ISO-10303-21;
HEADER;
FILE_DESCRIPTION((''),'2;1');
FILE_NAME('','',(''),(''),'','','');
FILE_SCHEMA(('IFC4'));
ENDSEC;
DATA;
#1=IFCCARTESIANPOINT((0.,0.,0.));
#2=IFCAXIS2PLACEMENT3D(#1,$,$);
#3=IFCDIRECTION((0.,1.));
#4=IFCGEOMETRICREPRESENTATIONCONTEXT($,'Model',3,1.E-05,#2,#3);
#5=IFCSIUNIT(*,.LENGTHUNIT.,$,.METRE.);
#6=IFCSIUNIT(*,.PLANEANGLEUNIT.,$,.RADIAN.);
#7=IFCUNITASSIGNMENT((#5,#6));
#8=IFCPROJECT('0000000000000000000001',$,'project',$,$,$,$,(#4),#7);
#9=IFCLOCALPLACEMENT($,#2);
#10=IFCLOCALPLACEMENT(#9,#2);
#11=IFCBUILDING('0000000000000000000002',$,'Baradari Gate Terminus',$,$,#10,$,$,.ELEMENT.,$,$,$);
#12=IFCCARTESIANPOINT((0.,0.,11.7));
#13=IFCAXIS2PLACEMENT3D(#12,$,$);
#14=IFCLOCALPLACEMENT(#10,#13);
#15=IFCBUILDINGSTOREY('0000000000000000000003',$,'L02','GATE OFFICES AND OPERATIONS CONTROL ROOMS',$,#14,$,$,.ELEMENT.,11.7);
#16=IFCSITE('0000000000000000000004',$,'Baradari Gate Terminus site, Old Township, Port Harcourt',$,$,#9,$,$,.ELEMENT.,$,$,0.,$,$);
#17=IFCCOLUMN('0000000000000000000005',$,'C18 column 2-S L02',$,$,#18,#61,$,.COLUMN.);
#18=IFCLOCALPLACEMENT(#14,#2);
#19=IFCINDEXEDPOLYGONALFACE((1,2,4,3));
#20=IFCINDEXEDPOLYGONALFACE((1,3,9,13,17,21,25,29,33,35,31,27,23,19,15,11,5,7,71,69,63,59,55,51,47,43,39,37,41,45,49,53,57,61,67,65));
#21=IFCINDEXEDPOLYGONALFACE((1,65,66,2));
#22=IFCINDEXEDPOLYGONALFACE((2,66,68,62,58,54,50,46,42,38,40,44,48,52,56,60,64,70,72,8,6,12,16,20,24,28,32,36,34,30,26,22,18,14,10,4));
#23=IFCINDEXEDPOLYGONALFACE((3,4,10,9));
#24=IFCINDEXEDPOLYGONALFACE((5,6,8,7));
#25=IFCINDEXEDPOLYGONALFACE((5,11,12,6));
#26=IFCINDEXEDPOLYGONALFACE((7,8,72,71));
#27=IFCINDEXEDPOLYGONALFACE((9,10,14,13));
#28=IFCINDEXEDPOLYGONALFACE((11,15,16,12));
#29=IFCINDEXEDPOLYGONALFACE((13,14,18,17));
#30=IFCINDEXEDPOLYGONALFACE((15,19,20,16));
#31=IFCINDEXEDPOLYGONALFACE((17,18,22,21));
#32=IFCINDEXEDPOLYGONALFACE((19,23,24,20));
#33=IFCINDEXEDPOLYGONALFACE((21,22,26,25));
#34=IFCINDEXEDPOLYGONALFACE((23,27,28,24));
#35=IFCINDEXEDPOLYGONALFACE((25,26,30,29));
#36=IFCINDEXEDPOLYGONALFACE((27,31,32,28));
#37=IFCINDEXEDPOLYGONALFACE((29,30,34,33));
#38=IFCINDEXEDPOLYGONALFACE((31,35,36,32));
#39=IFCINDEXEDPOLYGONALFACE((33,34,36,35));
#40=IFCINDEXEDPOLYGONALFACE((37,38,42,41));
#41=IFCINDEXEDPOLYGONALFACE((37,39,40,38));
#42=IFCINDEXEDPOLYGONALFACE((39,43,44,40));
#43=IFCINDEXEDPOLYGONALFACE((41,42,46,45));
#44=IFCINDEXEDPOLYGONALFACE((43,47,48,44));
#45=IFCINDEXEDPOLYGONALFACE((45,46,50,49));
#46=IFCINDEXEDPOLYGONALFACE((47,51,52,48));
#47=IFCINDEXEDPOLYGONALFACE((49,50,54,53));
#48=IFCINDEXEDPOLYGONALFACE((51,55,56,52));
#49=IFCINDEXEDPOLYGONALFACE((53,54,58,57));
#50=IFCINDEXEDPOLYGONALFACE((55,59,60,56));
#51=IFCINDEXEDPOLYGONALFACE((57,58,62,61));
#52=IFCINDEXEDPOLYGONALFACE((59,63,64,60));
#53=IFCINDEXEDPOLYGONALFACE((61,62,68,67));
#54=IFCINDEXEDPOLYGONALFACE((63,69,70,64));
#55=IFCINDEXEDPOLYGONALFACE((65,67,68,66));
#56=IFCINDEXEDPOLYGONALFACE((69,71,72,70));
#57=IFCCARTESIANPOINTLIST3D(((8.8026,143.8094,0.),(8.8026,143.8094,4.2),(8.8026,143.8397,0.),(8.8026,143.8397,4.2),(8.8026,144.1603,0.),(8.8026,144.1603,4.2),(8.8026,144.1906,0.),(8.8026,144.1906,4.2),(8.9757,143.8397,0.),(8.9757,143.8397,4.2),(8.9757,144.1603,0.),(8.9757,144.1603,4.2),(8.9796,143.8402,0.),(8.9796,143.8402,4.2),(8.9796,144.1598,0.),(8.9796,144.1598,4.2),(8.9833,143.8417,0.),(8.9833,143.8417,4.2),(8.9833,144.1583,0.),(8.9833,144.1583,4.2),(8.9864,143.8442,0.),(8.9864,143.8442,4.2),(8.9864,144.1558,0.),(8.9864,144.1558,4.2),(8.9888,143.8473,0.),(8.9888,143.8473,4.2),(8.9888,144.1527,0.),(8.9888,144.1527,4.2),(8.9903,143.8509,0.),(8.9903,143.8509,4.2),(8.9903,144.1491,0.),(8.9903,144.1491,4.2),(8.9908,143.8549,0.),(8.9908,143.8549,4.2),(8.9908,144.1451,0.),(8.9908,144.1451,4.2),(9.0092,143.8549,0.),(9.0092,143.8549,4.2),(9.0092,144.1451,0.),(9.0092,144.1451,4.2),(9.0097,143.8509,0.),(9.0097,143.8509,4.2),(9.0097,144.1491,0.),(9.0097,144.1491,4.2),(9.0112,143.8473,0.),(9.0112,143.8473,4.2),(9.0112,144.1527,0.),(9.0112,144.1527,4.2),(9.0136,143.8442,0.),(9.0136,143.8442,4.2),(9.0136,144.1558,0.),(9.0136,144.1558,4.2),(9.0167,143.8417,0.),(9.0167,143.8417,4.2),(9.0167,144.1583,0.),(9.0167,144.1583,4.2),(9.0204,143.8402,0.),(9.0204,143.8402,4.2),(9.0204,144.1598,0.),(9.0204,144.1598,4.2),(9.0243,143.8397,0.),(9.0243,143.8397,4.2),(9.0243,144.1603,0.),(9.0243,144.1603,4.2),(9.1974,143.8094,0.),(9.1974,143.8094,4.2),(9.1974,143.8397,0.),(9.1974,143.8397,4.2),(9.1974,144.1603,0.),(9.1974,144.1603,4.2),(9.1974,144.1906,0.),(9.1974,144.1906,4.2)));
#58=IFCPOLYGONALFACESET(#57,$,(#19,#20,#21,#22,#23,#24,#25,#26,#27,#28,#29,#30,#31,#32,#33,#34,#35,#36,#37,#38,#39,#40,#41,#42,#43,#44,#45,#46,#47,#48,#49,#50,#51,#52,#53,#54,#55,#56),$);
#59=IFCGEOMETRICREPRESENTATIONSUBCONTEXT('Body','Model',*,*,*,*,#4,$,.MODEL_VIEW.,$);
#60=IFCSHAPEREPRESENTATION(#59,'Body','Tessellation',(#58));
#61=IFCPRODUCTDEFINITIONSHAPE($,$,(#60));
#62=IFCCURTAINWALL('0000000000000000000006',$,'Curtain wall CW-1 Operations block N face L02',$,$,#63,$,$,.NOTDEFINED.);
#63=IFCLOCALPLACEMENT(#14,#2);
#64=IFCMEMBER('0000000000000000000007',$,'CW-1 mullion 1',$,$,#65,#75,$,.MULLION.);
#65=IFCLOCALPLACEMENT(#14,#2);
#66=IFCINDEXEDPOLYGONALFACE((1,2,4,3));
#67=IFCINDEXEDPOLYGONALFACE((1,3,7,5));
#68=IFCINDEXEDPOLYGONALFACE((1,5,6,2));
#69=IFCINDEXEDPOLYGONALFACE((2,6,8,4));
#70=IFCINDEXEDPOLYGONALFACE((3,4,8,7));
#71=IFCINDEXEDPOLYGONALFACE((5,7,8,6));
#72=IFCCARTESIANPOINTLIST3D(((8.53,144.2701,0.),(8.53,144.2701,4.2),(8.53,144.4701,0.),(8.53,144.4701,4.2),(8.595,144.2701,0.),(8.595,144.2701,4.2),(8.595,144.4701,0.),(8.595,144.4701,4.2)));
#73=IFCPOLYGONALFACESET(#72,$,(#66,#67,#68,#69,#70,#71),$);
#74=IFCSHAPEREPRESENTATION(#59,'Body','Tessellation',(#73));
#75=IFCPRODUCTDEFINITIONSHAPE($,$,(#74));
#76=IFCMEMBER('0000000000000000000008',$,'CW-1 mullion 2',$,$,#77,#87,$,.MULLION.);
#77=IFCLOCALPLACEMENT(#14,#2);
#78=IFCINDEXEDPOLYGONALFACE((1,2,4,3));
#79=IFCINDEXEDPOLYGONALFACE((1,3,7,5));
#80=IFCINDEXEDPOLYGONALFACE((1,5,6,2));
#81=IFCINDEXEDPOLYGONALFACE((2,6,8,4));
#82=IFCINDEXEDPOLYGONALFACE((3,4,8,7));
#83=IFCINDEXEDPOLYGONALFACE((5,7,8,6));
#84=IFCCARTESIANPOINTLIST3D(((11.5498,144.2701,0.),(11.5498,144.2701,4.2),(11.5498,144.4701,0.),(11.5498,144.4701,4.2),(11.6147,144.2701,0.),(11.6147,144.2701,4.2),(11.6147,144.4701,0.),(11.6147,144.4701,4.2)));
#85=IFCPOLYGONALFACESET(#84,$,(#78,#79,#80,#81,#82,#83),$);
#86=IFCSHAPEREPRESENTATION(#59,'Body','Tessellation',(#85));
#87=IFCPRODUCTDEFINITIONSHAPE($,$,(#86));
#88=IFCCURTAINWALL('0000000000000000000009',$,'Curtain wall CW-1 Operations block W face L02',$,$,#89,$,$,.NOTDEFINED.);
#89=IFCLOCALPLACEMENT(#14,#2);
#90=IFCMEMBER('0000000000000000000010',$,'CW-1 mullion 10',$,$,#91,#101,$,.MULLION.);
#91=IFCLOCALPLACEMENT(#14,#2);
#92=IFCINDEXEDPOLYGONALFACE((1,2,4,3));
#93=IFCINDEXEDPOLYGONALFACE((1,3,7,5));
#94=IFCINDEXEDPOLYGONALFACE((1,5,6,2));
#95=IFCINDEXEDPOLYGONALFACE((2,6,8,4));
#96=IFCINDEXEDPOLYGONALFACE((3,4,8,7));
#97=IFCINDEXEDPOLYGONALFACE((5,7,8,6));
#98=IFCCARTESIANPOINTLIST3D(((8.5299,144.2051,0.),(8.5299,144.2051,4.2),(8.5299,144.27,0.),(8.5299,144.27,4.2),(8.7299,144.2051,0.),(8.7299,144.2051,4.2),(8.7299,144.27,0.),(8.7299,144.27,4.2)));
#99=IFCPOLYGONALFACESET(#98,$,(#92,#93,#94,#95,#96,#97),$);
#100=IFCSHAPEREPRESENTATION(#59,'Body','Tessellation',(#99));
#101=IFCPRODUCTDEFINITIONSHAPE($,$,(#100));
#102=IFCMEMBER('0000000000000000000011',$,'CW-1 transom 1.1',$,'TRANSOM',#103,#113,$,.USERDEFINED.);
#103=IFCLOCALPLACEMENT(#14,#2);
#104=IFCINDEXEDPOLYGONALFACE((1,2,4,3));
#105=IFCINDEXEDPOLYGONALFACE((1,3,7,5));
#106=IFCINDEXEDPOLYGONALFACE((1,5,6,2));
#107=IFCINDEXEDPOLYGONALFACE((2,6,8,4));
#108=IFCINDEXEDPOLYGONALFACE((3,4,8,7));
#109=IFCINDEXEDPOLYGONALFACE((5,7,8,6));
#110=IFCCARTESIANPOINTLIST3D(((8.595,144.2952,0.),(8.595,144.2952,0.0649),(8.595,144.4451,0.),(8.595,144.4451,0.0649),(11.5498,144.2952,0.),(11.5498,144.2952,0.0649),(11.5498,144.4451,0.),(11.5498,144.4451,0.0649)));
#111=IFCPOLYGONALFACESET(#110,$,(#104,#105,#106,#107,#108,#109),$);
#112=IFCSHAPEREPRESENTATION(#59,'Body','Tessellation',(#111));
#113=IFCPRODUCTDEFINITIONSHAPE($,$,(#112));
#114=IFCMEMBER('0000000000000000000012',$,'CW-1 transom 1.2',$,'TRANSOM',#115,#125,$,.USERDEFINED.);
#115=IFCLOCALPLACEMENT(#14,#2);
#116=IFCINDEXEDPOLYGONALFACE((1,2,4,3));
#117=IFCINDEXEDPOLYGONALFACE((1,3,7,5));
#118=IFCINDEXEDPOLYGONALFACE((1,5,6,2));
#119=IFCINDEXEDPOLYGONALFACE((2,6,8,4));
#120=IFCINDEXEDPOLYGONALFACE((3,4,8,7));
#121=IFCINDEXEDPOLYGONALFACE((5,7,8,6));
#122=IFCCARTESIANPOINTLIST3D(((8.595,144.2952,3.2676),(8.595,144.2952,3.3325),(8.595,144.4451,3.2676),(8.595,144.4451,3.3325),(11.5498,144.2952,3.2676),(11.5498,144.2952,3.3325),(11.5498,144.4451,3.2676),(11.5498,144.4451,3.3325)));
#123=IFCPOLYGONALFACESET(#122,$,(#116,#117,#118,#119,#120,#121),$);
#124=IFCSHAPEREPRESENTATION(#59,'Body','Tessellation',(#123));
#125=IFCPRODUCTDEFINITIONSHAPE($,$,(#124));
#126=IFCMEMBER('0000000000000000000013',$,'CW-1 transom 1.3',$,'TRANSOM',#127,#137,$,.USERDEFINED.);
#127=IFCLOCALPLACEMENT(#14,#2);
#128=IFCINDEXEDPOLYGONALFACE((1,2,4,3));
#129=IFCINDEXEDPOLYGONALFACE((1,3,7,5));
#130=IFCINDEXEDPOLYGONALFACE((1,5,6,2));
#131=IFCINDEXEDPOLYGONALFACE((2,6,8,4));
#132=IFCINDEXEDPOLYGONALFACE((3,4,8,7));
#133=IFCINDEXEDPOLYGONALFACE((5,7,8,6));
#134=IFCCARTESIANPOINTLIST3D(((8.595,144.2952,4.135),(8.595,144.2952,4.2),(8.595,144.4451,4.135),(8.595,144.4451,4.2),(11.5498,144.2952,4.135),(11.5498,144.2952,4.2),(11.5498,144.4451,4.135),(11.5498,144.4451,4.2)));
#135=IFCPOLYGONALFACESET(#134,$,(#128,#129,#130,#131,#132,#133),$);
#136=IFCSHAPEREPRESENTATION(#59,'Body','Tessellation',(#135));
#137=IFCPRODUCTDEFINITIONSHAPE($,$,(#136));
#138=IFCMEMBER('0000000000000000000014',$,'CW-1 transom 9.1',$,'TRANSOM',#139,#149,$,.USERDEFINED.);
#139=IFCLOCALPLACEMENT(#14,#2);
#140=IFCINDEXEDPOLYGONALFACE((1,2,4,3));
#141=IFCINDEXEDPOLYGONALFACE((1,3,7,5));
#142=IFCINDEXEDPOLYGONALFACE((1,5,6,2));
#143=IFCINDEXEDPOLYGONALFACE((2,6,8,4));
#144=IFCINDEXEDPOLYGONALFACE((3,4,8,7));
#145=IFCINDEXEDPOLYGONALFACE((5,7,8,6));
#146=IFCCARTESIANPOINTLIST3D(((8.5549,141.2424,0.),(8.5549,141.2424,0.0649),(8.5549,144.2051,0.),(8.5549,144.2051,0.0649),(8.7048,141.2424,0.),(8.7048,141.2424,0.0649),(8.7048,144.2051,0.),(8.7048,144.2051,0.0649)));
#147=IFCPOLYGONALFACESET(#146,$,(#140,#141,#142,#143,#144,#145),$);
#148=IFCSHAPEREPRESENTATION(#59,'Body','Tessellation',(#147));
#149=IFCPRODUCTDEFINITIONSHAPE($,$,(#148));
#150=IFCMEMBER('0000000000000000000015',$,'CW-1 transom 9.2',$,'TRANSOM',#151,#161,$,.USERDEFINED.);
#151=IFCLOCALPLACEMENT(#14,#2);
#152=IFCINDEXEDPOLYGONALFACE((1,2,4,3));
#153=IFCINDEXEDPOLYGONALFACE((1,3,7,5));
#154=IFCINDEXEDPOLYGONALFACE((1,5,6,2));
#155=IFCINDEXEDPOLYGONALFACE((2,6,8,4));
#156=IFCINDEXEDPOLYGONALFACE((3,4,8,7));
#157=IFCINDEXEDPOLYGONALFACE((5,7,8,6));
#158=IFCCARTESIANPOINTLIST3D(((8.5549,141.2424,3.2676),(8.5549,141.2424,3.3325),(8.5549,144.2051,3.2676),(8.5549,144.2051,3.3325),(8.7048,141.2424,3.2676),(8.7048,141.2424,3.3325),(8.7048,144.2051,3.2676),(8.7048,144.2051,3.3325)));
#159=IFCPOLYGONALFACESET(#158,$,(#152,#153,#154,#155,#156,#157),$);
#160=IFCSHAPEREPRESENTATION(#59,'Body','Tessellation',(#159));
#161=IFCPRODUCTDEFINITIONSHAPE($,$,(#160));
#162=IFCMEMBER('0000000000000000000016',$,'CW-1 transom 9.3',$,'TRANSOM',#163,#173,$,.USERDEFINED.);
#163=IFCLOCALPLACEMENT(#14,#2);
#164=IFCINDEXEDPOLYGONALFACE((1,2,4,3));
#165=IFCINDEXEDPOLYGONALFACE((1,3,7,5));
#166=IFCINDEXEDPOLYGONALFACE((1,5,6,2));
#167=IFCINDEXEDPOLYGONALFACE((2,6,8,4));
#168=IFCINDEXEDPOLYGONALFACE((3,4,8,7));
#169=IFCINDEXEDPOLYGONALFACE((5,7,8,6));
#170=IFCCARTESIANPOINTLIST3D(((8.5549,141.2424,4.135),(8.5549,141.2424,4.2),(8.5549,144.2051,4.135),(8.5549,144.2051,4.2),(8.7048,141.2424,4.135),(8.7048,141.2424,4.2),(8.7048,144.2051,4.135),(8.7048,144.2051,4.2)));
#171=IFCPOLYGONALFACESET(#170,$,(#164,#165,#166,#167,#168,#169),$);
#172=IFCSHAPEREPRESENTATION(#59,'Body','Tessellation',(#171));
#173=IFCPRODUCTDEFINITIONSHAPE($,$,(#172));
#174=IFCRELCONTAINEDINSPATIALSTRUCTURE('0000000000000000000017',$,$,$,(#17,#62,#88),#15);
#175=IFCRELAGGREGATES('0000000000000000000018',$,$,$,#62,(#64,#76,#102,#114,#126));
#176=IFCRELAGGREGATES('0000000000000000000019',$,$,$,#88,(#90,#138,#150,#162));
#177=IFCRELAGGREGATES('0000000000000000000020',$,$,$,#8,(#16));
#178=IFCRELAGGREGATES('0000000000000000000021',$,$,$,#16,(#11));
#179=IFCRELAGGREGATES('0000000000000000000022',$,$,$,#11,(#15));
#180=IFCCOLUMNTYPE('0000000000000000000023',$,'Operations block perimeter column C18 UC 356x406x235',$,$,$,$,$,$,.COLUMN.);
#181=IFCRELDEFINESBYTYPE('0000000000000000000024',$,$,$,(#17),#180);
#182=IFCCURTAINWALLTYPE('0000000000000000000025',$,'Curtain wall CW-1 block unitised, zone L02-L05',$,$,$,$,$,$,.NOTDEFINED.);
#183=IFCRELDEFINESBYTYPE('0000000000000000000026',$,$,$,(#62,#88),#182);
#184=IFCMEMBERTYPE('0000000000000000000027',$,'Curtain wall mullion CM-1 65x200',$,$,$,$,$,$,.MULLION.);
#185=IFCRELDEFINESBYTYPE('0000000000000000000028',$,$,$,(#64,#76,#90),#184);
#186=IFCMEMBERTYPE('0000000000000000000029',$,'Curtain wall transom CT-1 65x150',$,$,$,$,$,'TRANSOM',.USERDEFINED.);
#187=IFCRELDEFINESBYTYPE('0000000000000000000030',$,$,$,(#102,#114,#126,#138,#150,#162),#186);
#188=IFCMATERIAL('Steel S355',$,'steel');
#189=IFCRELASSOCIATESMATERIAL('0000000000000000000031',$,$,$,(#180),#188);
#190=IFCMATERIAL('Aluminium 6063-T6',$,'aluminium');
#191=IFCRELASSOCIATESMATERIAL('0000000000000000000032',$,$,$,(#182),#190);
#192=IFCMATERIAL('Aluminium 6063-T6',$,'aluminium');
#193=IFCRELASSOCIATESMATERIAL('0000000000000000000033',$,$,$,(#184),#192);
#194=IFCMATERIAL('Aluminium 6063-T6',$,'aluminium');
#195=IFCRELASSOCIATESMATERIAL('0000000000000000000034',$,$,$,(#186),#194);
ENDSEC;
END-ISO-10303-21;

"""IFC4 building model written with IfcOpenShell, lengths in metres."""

from ifc_helpers import new_model, si_unit, direction, frame, origin, origin_2d, place, context, subcontext, project, spatial, rectangle, i_section, extrude, material, material_profile, profile_set, type_object, element, aggregate, save


model = new_model("IFC4")

# Units and contexts
model_context = context("Model", 3, precision=1e-05, world=origin(), true_north=direction((0.0, 1.0)))
body_context = subcontext(model_context, "Body", "Model", "MODEL_VIEW")
ifc_project = project(units=[si_unit("LENGTHUNIT", "METRE"), si_unit("PLANEANGLEUNIT", "RADIAN")], contexts=[model_context])

# Site, building, storey
site_placement = place(None, origin())
site = spatial("IfcSite", under=ifc_project, at=site_placement, Name="Baradari Gate Terminus site, Old Township, Port Harcourt", CompositionType="ELEMENT", RefElevation=0.0)
building_placement = place(site_placement, origin())
building = spatial("IfcBuilding", under=site, at=building_placement, Name="Baradari Gate Terminus", CompositionType="ELEMENT")
storey_placement = place(building_placement, frame((0.0, 0.0, 11.7)))
storey = spatial("IfcBuildingStorey", under=building, at=storey_placement, Name="L02", Description="GATE OFFICES AND OPERATIONS CONTROL ROOMS", CompositionType="ELEMENT", Elevation=11.7)

# Column
ifc_material_1 = material(Name="Steel S355", Category="steel")
ifc_material_profile_1 = material_profile(ifc_material_1, i_section(OverallWidth=0.3948, OverallDepth=0.3811, WebThickness=0.0183, FlangeThickness=0.0303, FilletRadius=0.0151, at=origin_2d()), Name="UC 356x406x235")
ifc_profile_set_1 = profile_set([ifc_material_profile_1], Name="Steel S355")
column_type = type_object("IfcColumnType", Name="Operations block perimeter column C18 UC 356x406x235", PredefinedType="COLUMN", material=ifc_profile_set_1)
column_placement = place(storey_placement, frame((9.0, 144.0, 0.0), z_axis=(0.0, 0.0, 1.0), x_axis=(1.0, 0.0, 0.0)))
element("IfcColumn", 1, at=column_placement, inside=storey, type_object=column_type, Name="C18 column 2-S L02", PredefinedType="COLUMN", context=body_context, shape_type="SweptSolid", body=[
    extrude(i_section(OverallWidth=0.3948, OverallDepth=0.3811, WebThickness=0.0183, FlangeThickness=0.0303, FilletRadius=0.0151, at=origin_2d()), origin(), (0.0, 0.0, 1.0), 4.2),
])

# Curtain wall, members
ifc_material_2 = material(Name="Aluminium 6063-T6", Category="aluminium")
curtain_wall_type = type_object("IfcCurtainWallType", Name="Curtain wall CW-1 block unitised, zone L02-L05", PredefinedType="NOTDEFINED", material=ifc_material_2)
curtain_wall_1_placement = place(storey_placement, origin())
curtain_wall_1 = element("IfcCurtainWall", 2, at=curtain_wall_1_placement, inside=storey, type_object=curtain_wall_type, Name="Curtain wall CW-1 Operations block N face L02", PredefinedType="NOTDEFINED")
ifc_material_3 = material(Name="Aluminium 6063-T6", Category="aluminium")
ifc_material_profile_2 = material_profile(ifc_material_3, rectangle(XDim=0.2, YDim=0.0649, at=origin_2d()), Name="CM-1 65X200")
ifc_profile_set_2 = profile_set([ifc_material_profile_2], Name="Aluminium 6063-T6")
member_type_1 = type_object("IfcMemberType", Name="Curtain wall mullion CM-1 65x200", PredefinedType="MULLION", material=ifc_profile_set_2)
member_1_placement = place(storey_placement, frame((8.5625, 144.3701, 0.0), z_axis=(0.0, 0.0, 1.0), x_axis=(0.0, 1.0, 0.0)))
member_1 = element("IfcMember", 3, at=member_1_placement, type_object=member_type_1, Name="CW-1 mullion 1", PredefinedType="MULLION", context=body_context, shape_type="SweptSolid", body=[
    extrude(rectangle(XDim=0.2, YDim=0.0649, at=origin_2d()), origin(), (0.0, 0.0, 1.0), 4.2),
])
member_2_placement = place(storey_placement, frame((11.5823, 144.3701, 0.0), z_axis=(0.0, 0.0, 1.0), x_axis=(0.0, 1.0, 0.0)))
member_2 = element("IfcMember", 4, at=member_2_placement, type_object=member_type_1, Name="CW-1 mullion 2", PredefinedType="MULLION", context=body_context, shape_type="SweptSolid", body=[
    extrude(rectangle(XDim=0.2, YDim=0.0649, at=origin_2d()), origin(), (0.0, 0.0, 1.0), 4.2),
])

# Curtain wall, member
curtain_wall_2_placement = place(storey_placement, origin())
curtain_wall_2 = element("IfcCurtainWall", 5, at=curtain_wall_2_placement, inside=storey, type_object=curtain_wall_type, Name="Curtain wall CW-1 Operations block W face L02", PredefinedType="NOTDEFINED")
member_3_placement = place(storey_placement, frame((8.6299, 144.2375, 0.0), z_axis=(0.0, 0.0, 1.0), x_axis=(-1.0, 0.0, 0.0)))
member_3 = element("IfcMember", 6, at=member_3_placement, type_object=member_type_1, Name="CW-1 mullion 10", PredefinedType="MULLION", context=body_context, shape_type="SweptSolid", body=[
    extrude(rectangle(XDim=0.2, YDim=0.0649, at=origin_2d()), origin(), (0.0, 0.0, 1.0), 4.2),
])

# Members
ifc_material_4 = material(Name="Aluminium 6063-T6", Category="aluminium")
ifc_material_profile_3 = material_profile(ifc_material_4, rectangle(XDim=0.1499, YDim=0.0649, at=origin_2d()), Name="CT-1 65X150")
ifc_profile_set_3 = profile_set([ifc_material_profile_3], Name="Aluminium 6063-T6")
member_type_2 = type_object("IfcMemberType", Name="Curtain wall transom CT-1 65x150", ElementType="TRANSOM", PredefinedType="USERDEFINED", material=ifc_profile_set_3)
member_4_placement = place(storey_placement, frame((8.595, 144.3701, 0.0325), z_axis=(1.0, 0.0, 0.0), x_axis=(0.0, 1.0, 0.0)))
member_4 = element("IfcMember", 7, at=member_4_placement, type_object=member_type_2, Name="CW-1 transom 1.1", ObjectType="TRANSOM", PredefinedType="USERDEFINED", context=body_context, shape_type="SweptSolid", body=[
    extrude(rectangle(XDim=0.1499, YDim=0.0649, at=origin_2d()), origin(), (0.0, 0.0, 1.0), 2.9548),
])
member_5_placement = place(storey_placement, frame((8.595, 144.3701, 3.3), z_axis=(1.0, 0.0, 0.0), x_axis=(0.0, 1.0, 0.0)))
member_5 = element("IfcMember", 8, at=member_5_placement, type_object=member_type_2, Name="CW-1 transom 1.2", ObjectType="TRANSOM", PredefinedType="USERDEFINED", context=body_context, shape_type="SweptSolid", body=[
    extrude(rectangle(XDim=0.1499, YDim=0.0649, at=origin_2d()), origin(), (0.0, 0.0, 1.0), 2.9548),
])
member_6_placement = place(storey_placement, frame((8.595, 144.3701, 4.1675), z_axis=(1.0, 0.0, 0.0), x_axis=(0.0, 1.0, 0.0)))
member_6 = element("IfcMember", 9, at=member_6_placement, type_object=member_type_2, Name="CW-1 transom 1.3", ObjectType="TRANSOM", PredefinedType="USERDEFINED", context=body_context, shape_type="SweptSolid", body=[
    extrude(rectangle(XDim=0.1499, YDim=0.0649, at=origin_2d()), origin(), (0.0, 0.0, 1.0), 2.9548),
])
member_7_placement = place(storey_placement, frame((8.6299, 141.2424, 0.0325), z_axis=(0.0, 1.0, 0.0), x_axis=(-1.0, 0.0, 0.0)))
member_7 = element("IfcMember", 10, at=member_7_placement, type_object=member_type_2, Name="CW-1 transom 9.1", ObjectType="TRANSOM", PredefinedType="USERDEFINED", context=body_context, shape_type="SweptSolid", body=[
    extrude(rectangle(XDim=0.1499, YDim=0.0649, at=origin_2d()), origin(), (0.0, 0.0, 1.0), 2.9626),
])
member_8_placement = place(storey_placement, frame((8.6299, 141.2424, 3.3), z_axis=(0.0, 1.0, 0.0), x_axis=(-1.0, 0.0, 0.0)))
member_8 = element("IfcMember", 11, at=member_8_placement, type_object=member_type_2, Name="CW-1 transom 9.2", ObjectType="TRANSOM", PredefinedType="USERDEFINED", context=body_context, shape_type="SweptSolid", body=[
    extrude(rectangle(XDim=0.1499, YDim=0.0649, at=origin_2d()), origin(), (0.0, 0.0, 1.0), 2.9626),
])
member_9_placement = place(storey_placement, frame((8.6299, 141.2424, 4.1675), z_axis=(0.0, 1.0, 0.0), x_axis=(-1.0, 0.0, 0.0)))
member_9 = element("IfcMember", 12, at=member_9_placement, type_object=member_type_2, Name="CW-1 transom 9.3", ObjectType="TRANSOM", PredefinedType="USERDEFINED", context=body_context, shape_type="SweptSolid", body=[
    extrude(rectangle(XDim=0.1499, YDim=0.0649, at=origin_2d()), origin(), (0.0, 0.0, 1.0), 2.9626),
])

aggregate(curtain_wall_1, [member_1, member_2, member_4, member_5, member_6])
aggregate(curtain_wall_2, [member_3, member_7, member_8, member_9])

save(model, "model.ifc")
